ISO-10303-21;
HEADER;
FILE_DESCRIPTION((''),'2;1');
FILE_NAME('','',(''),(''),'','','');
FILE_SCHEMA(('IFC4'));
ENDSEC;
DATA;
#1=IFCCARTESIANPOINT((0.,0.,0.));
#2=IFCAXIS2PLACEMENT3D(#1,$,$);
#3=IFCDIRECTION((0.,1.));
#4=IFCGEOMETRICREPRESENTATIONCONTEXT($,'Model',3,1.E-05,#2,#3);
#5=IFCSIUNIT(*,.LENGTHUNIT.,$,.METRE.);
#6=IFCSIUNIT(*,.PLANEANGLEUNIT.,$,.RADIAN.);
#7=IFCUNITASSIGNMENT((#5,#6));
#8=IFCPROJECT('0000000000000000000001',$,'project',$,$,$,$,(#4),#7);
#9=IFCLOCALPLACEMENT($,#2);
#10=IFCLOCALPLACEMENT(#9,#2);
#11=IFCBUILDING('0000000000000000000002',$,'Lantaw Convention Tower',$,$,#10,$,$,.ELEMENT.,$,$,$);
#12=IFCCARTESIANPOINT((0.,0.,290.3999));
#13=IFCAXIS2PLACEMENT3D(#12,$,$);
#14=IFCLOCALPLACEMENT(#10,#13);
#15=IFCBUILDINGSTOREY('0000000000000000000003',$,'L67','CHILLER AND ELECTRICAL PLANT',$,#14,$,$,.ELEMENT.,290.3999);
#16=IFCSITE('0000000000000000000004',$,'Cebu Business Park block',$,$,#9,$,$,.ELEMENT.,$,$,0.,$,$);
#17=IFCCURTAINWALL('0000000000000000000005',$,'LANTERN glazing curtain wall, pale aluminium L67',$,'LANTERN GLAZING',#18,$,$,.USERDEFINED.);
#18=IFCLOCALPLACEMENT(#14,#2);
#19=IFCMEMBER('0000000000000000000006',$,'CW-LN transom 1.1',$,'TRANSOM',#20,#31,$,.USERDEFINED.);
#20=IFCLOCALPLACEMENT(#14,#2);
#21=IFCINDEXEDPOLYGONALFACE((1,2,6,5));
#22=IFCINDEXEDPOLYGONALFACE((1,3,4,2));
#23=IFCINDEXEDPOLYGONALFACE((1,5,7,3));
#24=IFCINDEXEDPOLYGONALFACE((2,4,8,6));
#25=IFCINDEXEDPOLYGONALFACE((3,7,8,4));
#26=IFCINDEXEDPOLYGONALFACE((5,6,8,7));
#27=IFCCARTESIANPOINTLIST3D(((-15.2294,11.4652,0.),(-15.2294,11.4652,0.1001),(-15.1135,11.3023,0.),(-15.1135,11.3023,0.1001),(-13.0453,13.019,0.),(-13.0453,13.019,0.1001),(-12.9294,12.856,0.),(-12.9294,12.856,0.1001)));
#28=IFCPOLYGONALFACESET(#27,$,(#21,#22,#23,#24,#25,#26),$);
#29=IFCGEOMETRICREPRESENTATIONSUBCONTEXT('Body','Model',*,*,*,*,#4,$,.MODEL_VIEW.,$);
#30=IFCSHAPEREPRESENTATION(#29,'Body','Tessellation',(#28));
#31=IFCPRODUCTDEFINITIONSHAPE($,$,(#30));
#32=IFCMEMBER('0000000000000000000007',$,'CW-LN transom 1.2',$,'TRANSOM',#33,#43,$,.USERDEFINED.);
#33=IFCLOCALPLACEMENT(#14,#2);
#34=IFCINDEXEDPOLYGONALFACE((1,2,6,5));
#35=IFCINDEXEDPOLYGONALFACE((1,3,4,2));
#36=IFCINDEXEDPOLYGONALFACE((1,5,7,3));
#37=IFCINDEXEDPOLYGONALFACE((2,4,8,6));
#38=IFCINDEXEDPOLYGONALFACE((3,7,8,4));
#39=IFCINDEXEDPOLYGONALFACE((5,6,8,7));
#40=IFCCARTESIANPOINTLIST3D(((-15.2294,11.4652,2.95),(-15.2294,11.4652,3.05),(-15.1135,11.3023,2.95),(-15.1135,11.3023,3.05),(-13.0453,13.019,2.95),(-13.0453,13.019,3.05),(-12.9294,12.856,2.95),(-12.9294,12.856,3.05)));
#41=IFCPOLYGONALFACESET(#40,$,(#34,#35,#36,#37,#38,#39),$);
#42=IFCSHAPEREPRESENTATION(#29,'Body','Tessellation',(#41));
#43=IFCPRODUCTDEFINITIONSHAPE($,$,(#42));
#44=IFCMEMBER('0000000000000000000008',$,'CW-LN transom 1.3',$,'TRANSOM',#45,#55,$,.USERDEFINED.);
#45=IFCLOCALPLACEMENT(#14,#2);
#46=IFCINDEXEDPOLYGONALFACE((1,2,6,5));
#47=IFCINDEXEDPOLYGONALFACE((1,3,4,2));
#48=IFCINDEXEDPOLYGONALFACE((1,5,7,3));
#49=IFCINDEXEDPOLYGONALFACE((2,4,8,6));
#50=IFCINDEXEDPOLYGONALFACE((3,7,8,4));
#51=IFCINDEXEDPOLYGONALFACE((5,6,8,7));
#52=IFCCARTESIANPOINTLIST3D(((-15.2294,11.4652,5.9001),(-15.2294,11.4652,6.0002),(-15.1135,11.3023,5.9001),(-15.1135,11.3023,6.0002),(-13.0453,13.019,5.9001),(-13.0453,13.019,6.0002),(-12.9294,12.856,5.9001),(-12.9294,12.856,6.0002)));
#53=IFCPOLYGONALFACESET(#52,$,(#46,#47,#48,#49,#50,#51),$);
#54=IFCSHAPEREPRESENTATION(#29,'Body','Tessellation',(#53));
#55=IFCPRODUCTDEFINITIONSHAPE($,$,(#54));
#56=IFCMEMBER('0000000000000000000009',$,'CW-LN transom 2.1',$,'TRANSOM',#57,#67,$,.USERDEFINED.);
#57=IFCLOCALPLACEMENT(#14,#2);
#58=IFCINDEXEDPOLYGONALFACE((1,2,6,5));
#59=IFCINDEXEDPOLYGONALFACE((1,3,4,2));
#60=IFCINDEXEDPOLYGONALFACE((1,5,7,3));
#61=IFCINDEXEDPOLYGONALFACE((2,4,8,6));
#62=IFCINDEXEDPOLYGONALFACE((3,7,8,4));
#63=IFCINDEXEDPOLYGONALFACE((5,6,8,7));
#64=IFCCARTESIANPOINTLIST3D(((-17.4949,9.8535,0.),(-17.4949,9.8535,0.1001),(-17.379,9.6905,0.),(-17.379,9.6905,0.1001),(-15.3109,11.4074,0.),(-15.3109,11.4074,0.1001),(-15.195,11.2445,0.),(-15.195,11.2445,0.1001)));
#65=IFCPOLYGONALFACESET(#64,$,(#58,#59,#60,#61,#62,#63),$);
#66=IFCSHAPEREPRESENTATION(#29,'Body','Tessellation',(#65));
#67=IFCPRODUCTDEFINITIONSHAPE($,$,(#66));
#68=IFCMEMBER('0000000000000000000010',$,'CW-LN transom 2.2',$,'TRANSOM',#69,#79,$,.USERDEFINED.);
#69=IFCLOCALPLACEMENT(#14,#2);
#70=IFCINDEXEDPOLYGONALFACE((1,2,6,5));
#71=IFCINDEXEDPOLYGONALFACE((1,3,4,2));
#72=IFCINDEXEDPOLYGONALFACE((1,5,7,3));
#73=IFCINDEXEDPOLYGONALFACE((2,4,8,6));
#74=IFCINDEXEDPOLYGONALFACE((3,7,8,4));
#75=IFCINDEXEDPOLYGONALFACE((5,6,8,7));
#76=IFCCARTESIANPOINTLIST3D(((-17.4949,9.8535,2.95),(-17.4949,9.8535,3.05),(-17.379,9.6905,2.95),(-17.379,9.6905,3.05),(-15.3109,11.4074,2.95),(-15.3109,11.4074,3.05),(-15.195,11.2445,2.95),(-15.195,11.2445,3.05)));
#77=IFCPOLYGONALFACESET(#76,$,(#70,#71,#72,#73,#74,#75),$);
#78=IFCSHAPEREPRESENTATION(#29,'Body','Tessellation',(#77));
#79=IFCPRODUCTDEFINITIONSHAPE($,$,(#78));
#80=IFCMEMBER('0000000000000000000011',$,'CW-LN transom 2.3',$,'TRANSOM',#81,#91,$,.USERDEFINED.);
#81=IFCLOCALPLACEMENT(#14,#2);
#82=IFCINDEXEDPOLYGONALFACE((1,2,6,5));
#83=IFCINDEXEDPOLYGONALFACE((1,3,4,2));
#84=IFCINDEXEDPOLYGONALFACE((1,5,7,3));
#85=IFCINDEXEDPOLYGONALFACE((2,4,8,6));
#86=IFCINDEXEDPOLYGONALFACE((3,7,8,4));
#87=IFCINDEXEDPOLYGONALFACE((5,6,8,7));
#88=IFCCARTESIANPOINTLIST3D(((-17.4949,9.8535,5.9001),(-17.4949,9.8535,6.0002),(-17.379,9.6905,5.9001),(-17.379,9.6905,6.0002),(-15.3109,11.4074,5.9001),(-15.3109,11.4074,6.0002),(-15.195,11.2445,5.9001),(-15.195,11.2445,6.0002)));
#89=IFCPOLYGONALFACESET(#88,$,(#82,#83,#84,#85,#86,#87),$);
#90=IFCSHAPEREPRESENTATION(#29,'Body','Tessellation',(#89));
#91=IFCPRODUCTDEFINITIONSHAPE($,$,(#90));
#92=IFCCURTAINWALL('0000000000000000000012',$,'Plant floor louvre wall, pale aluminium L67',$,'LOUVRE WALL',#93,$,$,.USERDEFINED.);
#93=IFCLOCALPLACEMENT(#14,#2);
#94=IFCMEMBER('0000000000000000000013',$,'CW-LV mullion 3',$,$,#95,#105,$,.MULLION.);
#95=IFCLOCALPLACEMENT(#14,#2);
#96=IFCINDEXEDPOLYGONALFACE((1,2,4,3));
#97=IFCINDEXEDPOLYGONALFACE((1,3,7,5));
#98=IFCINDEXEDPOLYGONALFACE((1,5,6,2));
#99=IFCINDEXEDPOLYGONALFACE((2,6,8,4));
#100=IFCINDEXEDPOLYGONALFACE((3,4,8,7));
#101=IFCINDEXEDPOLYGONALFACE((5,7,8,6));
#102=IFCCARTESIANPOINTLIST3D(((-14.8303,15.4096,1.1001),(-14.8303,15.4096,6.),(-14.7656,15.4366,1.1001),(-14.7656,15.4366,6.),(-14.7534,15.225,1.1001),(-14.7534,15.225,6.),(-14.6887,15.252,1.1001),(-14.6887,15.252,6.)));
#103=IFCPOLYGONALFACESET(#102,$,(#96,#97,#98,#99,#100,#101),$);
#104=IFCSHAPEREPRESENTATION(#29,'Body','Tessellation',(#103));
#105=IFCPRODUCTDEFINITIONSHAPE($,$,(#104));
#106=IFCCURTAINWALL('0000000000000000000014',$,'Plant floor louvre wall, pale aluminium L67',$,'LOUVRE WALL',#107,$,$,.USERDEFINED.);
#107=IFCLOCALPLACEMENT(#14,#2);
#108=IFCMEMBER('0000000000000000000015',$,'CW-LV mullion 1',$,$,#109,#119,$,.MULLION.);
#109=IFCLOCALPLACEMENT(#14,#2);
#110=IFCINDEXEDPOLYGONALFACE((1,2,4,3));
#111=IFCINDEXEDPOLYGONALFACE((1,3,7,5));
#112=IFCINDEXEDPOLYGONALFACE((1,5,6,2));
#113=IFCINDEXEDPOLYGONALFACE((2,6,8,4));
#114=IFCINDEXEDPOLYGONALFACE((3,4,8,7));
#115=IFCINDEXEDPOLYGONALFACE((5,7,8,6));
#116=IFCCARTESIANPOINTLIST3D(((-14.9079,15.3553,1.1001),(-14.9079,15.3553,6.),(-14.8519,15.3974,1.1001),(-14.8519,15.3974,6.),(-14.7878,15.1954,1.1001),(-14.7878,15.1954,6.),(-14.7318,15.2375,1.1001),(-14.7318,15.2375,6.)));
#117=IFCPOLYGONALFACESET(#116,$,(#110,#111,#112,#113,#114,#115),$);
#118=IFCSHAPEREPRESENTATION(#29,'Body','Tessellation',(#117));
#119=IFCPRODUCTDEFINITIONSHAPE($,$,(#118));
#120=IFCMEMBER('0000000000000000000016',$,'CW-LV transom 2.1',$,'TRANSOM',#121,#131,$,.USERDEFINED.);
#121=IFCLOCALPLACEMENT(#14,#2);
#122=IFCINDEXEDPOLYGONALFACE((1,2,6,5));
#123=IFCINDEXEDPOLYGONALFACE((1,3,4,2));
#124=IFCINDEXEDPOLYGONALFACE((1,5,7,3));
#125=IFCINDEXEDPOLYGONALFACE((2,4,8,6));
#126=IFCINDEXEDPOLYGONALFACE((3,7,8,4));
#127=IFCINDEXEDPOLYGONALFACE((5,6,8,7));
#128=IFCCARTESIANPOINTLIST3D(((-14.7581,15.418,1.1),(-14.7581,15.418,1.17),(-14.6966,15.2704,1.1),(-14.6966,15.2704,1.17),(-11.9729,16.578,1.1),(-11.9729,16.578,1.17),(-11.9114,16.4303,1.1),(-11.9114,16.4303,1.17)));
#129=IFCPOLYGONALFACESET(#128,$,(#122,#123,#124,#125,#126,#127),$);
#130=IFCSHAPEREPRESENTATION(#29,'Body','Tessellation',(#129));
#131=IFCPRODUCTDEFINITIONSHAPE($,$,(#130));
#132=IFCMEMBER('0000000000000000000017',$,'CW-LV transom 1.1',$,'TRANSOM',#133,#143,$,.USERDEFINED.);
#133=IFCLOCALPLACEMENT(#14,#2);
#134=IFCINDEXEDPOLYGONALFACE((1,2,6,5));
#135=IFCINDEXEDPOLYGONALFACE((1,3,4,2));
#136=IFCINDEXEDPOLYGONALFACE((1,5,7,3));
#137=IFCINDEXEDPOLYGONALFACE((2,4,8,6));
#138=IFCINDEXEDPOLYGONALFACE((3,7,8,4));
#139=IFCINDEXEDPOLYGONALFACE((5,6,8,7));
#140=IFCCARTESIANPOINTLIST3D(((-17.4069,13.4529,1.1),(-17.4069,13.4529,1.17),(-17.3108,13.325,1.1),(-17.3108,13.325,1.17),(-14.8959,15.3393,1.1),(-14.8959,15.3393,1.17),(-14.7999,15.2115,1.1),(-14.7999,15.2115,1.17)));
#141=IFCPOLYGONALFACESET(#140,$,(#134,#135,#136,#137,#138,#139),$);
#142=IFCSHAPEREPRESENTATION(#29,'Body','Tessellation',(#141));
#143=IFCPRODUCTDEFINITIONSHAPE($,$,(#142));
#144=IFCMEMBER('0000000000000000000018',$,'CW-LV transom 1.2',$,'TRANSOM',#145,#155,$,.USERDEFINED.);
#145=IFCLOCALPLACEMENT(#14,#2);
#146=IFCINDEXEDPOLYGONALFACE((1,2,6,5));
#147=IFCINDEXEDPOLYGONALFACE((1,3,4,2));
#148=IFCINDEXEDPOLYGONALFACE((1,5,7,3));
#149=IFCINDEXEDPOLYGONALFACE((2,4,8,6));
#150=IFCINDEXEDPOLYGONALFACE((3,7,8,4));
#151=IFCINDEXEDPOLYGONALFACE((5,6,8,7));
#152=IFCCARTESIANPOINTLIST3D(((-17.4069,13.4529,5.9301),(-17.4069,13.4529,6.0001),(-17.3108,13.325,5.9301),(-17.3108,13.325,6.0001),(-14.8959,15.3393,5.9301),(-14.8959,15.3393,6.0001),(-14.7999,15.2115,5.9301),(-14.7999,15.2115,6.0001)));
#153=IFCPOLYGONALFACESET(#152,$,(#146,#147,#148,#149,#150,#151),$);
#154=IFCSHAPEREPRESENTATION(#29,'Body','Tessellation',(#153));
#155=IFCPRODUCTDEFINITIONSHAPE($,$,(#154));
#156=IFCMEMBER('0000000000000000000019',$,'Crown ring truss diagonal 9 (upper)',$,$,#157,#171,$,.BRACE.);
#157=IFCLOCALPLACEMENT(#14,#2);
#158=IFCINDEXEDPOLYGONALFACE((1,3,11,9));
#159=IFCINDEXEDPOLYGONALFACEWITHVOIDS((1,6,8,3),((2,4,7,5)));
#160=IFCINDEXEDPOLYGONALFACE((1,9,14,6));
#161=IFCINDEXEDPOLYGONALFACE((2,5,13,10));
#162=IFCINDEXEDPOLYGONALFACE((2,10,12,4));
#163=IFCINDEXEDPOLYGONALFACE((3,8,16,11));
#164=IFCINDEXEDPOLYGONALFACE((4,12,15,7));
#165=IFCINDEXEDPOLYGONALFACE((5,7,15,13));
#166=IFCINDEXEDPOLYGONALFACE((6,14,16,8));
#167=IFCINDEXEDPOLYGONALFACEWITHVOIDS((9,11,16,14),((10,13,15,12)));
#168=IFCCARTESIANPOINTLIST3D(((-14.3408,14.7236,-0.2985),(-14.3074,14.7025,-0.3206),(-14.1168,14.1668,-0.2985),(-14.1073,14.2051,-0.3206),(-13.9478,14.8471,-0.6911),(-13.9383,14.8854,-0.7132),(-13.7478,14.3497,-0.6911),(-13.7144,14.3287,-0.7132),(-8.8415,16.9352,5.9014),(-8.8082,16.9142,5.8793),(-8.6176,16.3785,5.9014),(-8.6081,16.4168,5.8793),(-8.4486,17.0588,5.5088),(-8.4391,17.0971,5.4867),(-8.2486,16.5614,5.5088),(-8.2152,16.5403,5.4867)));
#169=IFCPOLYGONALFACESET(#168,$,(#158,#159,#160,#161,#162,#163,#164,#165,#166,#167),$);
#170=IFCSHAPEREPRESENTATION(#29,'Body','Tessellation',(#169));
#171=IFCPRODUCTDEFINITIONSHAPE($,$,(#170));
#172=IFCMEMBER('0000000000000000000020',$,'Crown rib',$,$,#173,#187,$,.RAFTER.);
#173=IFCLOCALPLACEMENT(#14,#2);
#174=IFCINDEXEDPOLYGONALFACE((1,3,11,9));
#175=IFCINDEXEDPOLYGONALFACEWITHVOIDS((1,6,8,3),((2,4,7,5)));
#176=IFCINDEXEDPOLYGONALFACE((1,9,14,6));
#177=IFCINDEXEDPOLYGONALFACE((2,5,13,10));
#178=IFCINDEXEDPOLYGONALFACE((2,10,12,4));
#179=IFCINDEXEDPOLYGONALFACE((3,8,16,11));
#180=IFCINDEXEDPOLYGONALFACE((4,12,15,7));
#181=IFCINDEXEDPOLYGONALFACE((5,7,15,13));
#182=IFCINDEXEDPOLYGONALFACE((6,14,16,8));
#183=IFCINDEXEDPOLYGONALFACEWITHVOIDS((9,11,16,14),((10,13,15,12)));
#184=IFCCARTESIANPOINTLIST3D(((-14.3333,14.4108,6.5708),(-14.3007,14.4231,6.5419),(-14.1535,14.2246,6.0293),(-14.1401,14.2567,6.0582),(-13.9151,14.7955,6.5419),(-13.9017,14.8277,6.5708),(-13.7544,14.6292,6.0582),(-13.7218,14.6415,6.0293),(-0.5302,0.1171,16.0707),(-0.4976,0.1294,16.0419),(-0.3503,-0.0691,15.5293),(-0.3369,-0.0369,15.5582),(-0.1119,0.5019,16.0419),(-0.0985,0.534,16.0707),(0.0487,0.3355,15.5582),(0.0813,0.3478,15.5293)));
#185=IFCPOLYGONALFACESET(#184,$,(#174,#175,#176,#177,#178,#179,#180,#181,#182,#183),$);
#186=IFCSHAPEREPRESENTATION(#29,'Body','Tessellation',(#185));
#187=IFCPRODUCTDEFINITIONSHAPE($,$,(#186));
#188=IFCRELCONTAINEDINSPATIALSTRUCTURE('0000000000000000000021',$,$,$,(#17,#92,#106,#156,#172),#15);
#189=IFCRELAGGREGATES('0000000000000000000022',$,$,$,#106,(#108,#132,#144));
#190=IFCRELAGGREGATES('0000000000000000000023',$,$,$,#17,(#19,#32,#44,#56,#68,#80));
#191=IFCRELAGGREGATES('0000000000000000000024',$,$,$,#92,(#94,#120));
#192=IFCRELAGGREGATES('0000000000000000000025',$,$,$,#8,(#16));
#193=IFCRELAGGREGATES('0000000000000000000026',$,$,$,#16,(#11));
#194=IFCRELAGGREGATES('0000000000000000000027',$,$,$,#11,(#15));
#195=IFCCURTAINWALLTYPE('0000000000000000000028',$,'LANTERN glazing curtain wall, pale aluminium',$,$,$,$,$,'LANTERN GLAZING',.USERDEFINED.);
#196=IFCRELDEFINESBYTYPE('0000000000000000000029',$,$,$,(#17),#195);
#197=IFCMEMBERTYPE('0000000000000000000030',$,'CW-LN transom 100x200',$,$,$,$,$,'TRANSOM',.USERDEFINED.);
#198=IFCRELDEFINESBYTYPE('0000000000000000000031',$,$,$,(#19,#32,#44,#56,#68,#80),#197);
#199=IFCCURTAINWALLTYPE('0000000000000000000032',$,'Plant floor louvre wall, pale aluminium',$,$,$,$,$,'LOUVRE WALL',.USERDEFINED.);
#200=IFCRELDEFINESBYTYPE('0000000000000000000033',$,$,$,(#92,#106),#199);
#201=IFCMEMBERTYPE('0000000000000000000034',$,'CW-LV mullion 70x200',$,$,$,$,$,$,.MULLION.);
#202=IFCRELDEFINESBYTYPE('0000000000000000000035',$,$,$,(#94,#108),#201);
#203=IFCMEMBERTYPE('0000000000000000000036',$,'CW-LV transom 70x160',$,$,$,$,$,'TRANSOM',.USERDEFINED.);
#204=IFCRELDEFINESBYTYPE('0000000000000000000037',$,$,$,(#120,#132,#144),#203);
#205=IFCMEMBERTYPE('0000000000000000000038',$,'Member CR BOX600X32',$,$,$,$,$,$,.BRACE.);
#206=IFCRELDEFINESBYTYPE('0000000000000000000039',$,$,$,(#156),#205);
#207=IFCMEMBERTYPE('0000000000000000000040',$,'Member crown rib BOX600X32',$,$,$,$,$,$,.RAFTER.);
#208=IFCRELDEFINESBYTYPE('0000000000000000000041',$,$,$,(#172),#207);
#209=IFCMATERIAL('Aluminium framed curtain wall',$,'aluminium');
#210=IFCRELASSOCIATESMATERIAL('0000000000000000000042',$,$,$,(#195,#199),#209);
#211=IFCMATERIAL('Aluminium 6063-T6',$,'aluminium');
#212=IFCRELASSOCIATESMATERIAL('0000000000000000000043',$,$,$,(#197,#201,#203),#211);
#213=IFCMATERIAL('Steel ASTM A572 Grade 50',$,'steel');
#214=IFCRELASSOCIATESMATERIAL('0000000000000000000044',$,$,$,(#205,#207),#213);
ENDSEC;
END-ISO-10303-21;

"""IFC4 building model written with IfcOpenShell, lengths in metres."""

from ifc_helpers import new_model, si_unit, direction, frame, origin, origin_2d, place, context, subcontext, project, spatial, rectangle, hollow_rectangle, extrude, material, material_profile, profile_set, type_object, element, aggregate, save


model = new_model("IFC4")

# Units and contexts
model_context = context("Model", 3, precision=1e-05, world=origin(), true_north=direction((0.0, 1.0)))
body_context = subcontext(model_context, "Body", "Model", "MODEL_VIEW")
ifc_project = project(units=[si_unit("LENGTHUNIT", "METRE"), si_unit("PLANEANGLEUNIT", "RADIAN")], contexts=[model_context])

# Site, building, storey
site_placement = place(None, origin())
site = spatial("IfcSite", under=ifc_project, at=site_placement, Name="Cebu Business Park block", CompositionType="ELEMENT", RefElevation=0.0)
building_placement = place(site_placement, origin())
building = spatial("IfcBuilding", under=site, at=building_placement, Name="Lantaw Convention Tower", CompositionType="ELEMENT")
storey_placement = place(building_placement, frame((0.0, 0.0, 290.3999)))
storey = spatial("IfcBuildingStorey", under=building, at=storey_placement, Name="L67", Description="CHILLER AND ELECTRICAL PLANT", CompositionType="ELEMENT", Elevation=290.3999)

# Shared definitions
ifc_material_1 = material(Name="Steel ASTM A572 Grade 50", Category="steel")

# Shared definitions
ifc_material_2 = material(Name="Aluminium framed curtain wall", Category="aluminium")
curtain_wall_type_1 = type_object("IfcCurtainWallType", Name="LANTERN glazing curtain wall, pale aluminium", ElementType="LANTERN GLAZING", PredefinedType="USERDEFINED", material=ifc_material_2)
ifc_material_3 = material(Name="Aluminium 6063-T6", Category="aluminium")

# Curtain wall, members
curtain_wall_1_placement = place(storey_placement, origin())
curtain_wall_1 = element("IfcCurtainWall", 1, at=curtain_wall_1_placement, inside=storey, type_object=curtain_wall_type_1, Name="LANTERN glazing curtain wall, pale aluminium L67", ObjectType="LANTERN GLAZING", PredefinedType="USERDEFINED")
ifc_material_profile_1 = material_profile(ifc_material_3, rectangle(XDim=0.2, YDim=0.1001, at=origin_2d()), Name="CW-LN transom 100x200")
ifc_profile_set_1 = profile_set([ifc_material_profile_1], Name="Aluminium 6063-T6")
member_type_1 = type_object("IfcMemberType", Name="CW-LN transom 100x200", ElementType="TRANSOM", PredefinedType="USERDEFINED", material=ifc_profile_set_1)
member_1_placement = place(storey_placement, frame((-12.9873, 12.9375, 0.05), z_axis=(-0.814852, -0.579669, 0.0), x_axis=(0.579669, -0.814852, 0.0)))
member_1 = element("IfcMember", 2, at=member_1_placement, type_object=member_type_1, Name="CW-LN transom 1.1", ObjectType="TRANSOM", PredefinedType="USERDEFINED", context=body_context, shape_type="SweptSolid", body=[
    extrude(rectangle(XDim=0.2, YDim=0.1001, at=origin_2d()), origin(), (0.0, 0.0, 1.0), 2.6804),
])
member_2_placement = place(storey_placement, frame((-12.9873, 12.9375, 3.0), z_axis=(-0.814852, -0.579669, 0.0), x_axis=(0.579669, -0.814852, 0.0)))
member_2 = element("IfcMember", 3, at=member_2_placement, type_object=member_type_1, Name="CW-LN transom 1.2", ObjectType="TRANSOM", PredefinedType="USERDEFINED", context=body_context, shape_type="SweptSolid", body=[
    extrude(rectangle(XDim=0.2, YDim=0.1001, at=origin_2d()), origin(), (0.0, 0.0, 1.0), 2.6804),
])
member_3_placement = place(storey_placement, frame((-12.9873, 12.9375, 5.9502), z_axis=(-0.814852, -0.579669, 0.0), x_axis=(0.579669, -0.814852, 0.0)))
member_3 = element("IfcMember", 4, at=member_3_placement, type_object=member_type_1, Name="CW-LN transom 1.3", ObjectType="TRANSOM", PredefinedType="USERDEFINED", context=body_context, shape_type="SweptSolid", body=[
    extrude(rectangle(XDim=0.2, YDim=0.1001, at=origin_2d()), origin(), (0.0, 0.0, 1.0), 2.6804),
])
member_4_placement = place(storey_placement, frame((-15.2529, 11.3259, 0.05), z_axis=(-0.814809, -0.579729, 0.0), x_axis=(0.579729, -0.814809, 0.0)))
member_4 = element("IfcMember", 5, at=member_4_placement, type_object=member_type_1, Name="CW-LN transom 2.1", ObjectType="TRANSOM", PredefinedType="USERDEFINED", context=body_context, shape_type="SweptSolid", body=[
    extrude(rectangle(XDim=0.2, YDim=0.1001, at=origin_2d()), origin(), (0.0, 0.0, 1.0), 2.6804),
])
member_5_placement = place(storey_placement, frame((-15.2529, 11.3259, 3.0), z_axis=(-0.814809, -0.579729, 0.0), x_axis=(0.579729, -0.814809, 0.0)))
member_5 = element("IfcMember", 6, at=member_5_placement, type_object=member_type_1, Name="CW-LN transom 2.2", ObjectType="TRANSOM", PredefinedType="USERDEFINED", context=body_context, shape_type="SweptSolid", body=[
    extrude(rectangle(XDim=0.2, YDim=0.1001, at=origin_2d()), origin(), (0.0, 0.0, 1.0), 2.6804),
])
member_6_placement = place(storey_placement, frame((-15.2529, 11.3259, 5.9502), z_axis=(-0.814809, -0.579729, 0.0), x_axis=(0.579729, -0.814809, 0.0)))
member_6 = element("IfcMember", 7, at=member_6_placement, type_object=member_type_1, Name="CW-LN transom 2.3", ObjectType="TRANSOM", PredefinedType="USERDEFINED", context=body_context, shape_type="SweptSolid", body=[
    extrude(rectangle(XDim=0.2, YDim=0.1001, at=origin_2d()), origin(), (0.0, 0.0, 1.0), 2.6804),
])

# Curtain walls, members
curtain_wall_type_2 = type_object("IfcCurtainWallType", Name="Plant floor louvre wall, pale aluminium", ElementType="LOUVRE WALL", PredefinedType="USERDEFINED", material=ifc_material_2)
curtain_wall_2_placement = place(storey_placement, origin())
curtain_wall_2 = element("IfcCurtainWall", 8, at=curtain_wall_2_placement, inside=storey, type_object=curtain_wall_type_2, Name="Plant floor louvre wall, pale aluminium L67", ObjectType="LOUVRE WALL", PredefinedType="USERDEFINED")
ifc_material_profile_2 = material_profile(ifc_material_3, rectangle(XDim=0.2, YDim=0.0701, at=origin_2d()), Name="CW-LV mullion 70x200")
ifc_profile_set_2 = profile_set([ifc_material_profile_2], Name="Aluminium 6063-T6")
member_type_2 = type_object("IfcMemberType", Name="CW-LV mullion 70x200", PredefinedType="MULLION", material=ifc_profile_set_2)
member_7_placement = place(storey_placement, frame((-14.7595, 15.3308, 1.1001), z_axis=(0.0, 0.0, 1.0), x_axis=(0.38446, -0.923142, 0.0)))
member_7 = element("IfcMember", 9, at=member_7_placement, type_object=member_type_2, Name="CW-LV mullion 3", PredefinedType="MULLION", context=body_context, shape_type="SweptSolid", body=[
    extrude(rectangle(XDim=0.2, YDim=0.0701, at=origin_2d()), origin(), (0.0, 0.0, 1.0), 4.8999),
])
curtain_wall_3_placement = place(storey_placement, origin())
curtain_wall_3 = element("IfcCurtainWall", 10, at=curtain_wall_3_placement, inside=storey, type_object=curtain_wall_type_2, Name="Plant floor louvre wall, pale aluminium L67", ObjectType="LOUVRE WALL", PredefinedType="USERDEFINED")
member_8_placement = place(storey_placement, frame((-14.8198, 15.2964, 1.1001), z_axis=(0.0, 0.0, 1.0), x_axis=(0.600643, -0.799518, 0.0)))
member_8 = element("IfcMember", 11, at=member_8_placement, type_object=member_type_2, Name="CW-LV mullion 1", PredefinedType="MULLION", context=body_context, shape_type="SweptSolid", body=[
    extrude(rectangle(XDim=0.2, YDim=0.0701, at=origin_2d()), origin(), (0.0, 0.0, 1.0), 4.8999),
])

# Members
ifc_material_profile_3 = material_profile(ifc_material_3, rectangle(XDim=0.1599, YDim=0.0701, at=origin_2d()), Name="CW-LV transom 70x160")
ifc_profile_set_3 = profile_set([ifc_material_profile_3], Name="Aluminium 6063-T6")
member_type_3 = type_object("IfcMemberType", Name="CW-LV transom 70x160", ElementType="TRANSOM", PredefinedType="USERDEFINED", material=ifc_profile_set_3)
member_9_placement = place(storey_placement, frame((-11.9421, 16.5042, 1.135), z_axis=(-0.923144, -0.384454, 0.0), x_axis=(0.384454, -0.923144, 0.0)))
member_9 = element("IfcMember", 12, at=member_9_placement, type_object=member_type_3, Name="CW-LV transom 2.1", ObjectType="TRANSOM", PredefinedType="USERDEFINED", context=body_context, shape_type="SweptSolid", body=[
    extrude(rectangle(XDim=0.1599, YDim=0.0701, at=origin_2d()), origin(), (0.0, 0.0, 1.0), 3.0171),
])
member_10_placement = place(storey_placement, frame((-14.8479, 15.2754, 1.135), z_axis=(-0.799505, -0.600659, 0.0), x_axis=(0.600659, -0.799505, 0.0)))
member_10 = element("IfcMember", 13, at=member_10_placement, type_object=member_type_3, Name="CW-LV transom 1.1", ObjectType="TRANSOM", PredefinedType="USERDEFINED", context=body_context, shape_type="SweptSolid", body=[
    extrude(rectangle(XDim=0.1599, YDim=0.0701, at=origin_2d()), origin(), (0.0, 0.0, 1.0), 3.1406),
])
member_11_placement = place(storey_placement, frame((-14.8479, 15.2754, 5.9651), z_axis=(-0.799505, -0.600659, 0.0), x_axis=(0.600659, -0.799505, 0.0)))
member_11 = element("IfcMember", 14, at=member_11_placement, type_object=member_type_3, Name="CW-LV transom 1.2", ObjectType="TRANSOM", PredefinedType="USERDEFINED", context=body_context, shape_type="SweptSolid", body=[
    extrude(rectangle(XDim=0.1599, YDim=0.0701, at=origin_2d()), origin(), (0.0, 0.0, 1.0), 3.1406),
])
aggregate(curtain_wall_3, [member_8, member_10, member_11])

# Members
ifc_material_profile_4 = material_profile(ifc_material_1, hollow_rectangle(XDim=0.6001, YDim=0.6001, WallThickness=0.032, at=origin_2d()), Name="BOX600X32")
ifc_profile_set_4 = profile_set([ifc_material_profile_4], Name="Steel ASTM A572 Grade 50")
member_type_4 = type_object("IfcMemberType", Name="Member CR BOX600X32", PredefinedType="BRACE", material=ifc_profile_set_4)
member_12_placement = place(storey_placement, frame((-14.0276, 14.5261, -0.5059), z_axis=(0.64113, 0.257847, 0.722819), x_axis=(-0.37313, 0.927779, 0.0)))
element("IfcMember", 15, at=member_12_placement, inside=storey, type_object=member_type_4, Name="Crown ring truss diagonal 9 (upper)", PredefinedType="BRACE", context=body_context, shape_type="SweptSolid", body=[
    extrude(hollow_rectangle(XDim=0.6001, YDim=0.6001, WallThickness=0.032, at=origin_2d()), origin(), (0.0, 0.0, 1.0), 8.5774),
])
ifc_material_profile_5 = material_profile(ifc_material_1, hollow_rectangle(XDim=0.6001, YDim=0.6001, WallThickness=0.032, at=origin_2d()), Name="BOX600X32")
ifc_profile_set_5 = profile_set([ifc_material_profile_5], Name="Steel ASTM A572 Grade 50")
member_type_5 = type_object("IfcMemberType", Name="Member crown rib BOX600X32", PredefinedType="RAFTER", material=ifc_profile_set_5)
member_13_placement = place(storey_placement, frame((-14.0276, 14.5261, 6.3), z_axis=(0.626715, -0.648984, 0.431333), x_axis=(0.719341, 0.694657, 0.0)))
element("IfcMember", 16, at=member_13_placement, inside=storey, type_object=member_type_5, Name="Crown rib", PredefinedType="RAFTER", context=body_context, shape_type="SweptSolid", body=[
    extrude(hollow_rectangle(XDim=0.6001, YDim=0.6001, WallThickness=0.032, at=origin_2d()), origin(), (0.0, 0.0, 1.0), 22.0247),
])

aggregate(curtain_wall_1, [member_1, member_2, member_3, member_4, member_5, member_6])
aggregate(curtain_wall_2, [member_7, member_9])

save(model, "model.ifc")
